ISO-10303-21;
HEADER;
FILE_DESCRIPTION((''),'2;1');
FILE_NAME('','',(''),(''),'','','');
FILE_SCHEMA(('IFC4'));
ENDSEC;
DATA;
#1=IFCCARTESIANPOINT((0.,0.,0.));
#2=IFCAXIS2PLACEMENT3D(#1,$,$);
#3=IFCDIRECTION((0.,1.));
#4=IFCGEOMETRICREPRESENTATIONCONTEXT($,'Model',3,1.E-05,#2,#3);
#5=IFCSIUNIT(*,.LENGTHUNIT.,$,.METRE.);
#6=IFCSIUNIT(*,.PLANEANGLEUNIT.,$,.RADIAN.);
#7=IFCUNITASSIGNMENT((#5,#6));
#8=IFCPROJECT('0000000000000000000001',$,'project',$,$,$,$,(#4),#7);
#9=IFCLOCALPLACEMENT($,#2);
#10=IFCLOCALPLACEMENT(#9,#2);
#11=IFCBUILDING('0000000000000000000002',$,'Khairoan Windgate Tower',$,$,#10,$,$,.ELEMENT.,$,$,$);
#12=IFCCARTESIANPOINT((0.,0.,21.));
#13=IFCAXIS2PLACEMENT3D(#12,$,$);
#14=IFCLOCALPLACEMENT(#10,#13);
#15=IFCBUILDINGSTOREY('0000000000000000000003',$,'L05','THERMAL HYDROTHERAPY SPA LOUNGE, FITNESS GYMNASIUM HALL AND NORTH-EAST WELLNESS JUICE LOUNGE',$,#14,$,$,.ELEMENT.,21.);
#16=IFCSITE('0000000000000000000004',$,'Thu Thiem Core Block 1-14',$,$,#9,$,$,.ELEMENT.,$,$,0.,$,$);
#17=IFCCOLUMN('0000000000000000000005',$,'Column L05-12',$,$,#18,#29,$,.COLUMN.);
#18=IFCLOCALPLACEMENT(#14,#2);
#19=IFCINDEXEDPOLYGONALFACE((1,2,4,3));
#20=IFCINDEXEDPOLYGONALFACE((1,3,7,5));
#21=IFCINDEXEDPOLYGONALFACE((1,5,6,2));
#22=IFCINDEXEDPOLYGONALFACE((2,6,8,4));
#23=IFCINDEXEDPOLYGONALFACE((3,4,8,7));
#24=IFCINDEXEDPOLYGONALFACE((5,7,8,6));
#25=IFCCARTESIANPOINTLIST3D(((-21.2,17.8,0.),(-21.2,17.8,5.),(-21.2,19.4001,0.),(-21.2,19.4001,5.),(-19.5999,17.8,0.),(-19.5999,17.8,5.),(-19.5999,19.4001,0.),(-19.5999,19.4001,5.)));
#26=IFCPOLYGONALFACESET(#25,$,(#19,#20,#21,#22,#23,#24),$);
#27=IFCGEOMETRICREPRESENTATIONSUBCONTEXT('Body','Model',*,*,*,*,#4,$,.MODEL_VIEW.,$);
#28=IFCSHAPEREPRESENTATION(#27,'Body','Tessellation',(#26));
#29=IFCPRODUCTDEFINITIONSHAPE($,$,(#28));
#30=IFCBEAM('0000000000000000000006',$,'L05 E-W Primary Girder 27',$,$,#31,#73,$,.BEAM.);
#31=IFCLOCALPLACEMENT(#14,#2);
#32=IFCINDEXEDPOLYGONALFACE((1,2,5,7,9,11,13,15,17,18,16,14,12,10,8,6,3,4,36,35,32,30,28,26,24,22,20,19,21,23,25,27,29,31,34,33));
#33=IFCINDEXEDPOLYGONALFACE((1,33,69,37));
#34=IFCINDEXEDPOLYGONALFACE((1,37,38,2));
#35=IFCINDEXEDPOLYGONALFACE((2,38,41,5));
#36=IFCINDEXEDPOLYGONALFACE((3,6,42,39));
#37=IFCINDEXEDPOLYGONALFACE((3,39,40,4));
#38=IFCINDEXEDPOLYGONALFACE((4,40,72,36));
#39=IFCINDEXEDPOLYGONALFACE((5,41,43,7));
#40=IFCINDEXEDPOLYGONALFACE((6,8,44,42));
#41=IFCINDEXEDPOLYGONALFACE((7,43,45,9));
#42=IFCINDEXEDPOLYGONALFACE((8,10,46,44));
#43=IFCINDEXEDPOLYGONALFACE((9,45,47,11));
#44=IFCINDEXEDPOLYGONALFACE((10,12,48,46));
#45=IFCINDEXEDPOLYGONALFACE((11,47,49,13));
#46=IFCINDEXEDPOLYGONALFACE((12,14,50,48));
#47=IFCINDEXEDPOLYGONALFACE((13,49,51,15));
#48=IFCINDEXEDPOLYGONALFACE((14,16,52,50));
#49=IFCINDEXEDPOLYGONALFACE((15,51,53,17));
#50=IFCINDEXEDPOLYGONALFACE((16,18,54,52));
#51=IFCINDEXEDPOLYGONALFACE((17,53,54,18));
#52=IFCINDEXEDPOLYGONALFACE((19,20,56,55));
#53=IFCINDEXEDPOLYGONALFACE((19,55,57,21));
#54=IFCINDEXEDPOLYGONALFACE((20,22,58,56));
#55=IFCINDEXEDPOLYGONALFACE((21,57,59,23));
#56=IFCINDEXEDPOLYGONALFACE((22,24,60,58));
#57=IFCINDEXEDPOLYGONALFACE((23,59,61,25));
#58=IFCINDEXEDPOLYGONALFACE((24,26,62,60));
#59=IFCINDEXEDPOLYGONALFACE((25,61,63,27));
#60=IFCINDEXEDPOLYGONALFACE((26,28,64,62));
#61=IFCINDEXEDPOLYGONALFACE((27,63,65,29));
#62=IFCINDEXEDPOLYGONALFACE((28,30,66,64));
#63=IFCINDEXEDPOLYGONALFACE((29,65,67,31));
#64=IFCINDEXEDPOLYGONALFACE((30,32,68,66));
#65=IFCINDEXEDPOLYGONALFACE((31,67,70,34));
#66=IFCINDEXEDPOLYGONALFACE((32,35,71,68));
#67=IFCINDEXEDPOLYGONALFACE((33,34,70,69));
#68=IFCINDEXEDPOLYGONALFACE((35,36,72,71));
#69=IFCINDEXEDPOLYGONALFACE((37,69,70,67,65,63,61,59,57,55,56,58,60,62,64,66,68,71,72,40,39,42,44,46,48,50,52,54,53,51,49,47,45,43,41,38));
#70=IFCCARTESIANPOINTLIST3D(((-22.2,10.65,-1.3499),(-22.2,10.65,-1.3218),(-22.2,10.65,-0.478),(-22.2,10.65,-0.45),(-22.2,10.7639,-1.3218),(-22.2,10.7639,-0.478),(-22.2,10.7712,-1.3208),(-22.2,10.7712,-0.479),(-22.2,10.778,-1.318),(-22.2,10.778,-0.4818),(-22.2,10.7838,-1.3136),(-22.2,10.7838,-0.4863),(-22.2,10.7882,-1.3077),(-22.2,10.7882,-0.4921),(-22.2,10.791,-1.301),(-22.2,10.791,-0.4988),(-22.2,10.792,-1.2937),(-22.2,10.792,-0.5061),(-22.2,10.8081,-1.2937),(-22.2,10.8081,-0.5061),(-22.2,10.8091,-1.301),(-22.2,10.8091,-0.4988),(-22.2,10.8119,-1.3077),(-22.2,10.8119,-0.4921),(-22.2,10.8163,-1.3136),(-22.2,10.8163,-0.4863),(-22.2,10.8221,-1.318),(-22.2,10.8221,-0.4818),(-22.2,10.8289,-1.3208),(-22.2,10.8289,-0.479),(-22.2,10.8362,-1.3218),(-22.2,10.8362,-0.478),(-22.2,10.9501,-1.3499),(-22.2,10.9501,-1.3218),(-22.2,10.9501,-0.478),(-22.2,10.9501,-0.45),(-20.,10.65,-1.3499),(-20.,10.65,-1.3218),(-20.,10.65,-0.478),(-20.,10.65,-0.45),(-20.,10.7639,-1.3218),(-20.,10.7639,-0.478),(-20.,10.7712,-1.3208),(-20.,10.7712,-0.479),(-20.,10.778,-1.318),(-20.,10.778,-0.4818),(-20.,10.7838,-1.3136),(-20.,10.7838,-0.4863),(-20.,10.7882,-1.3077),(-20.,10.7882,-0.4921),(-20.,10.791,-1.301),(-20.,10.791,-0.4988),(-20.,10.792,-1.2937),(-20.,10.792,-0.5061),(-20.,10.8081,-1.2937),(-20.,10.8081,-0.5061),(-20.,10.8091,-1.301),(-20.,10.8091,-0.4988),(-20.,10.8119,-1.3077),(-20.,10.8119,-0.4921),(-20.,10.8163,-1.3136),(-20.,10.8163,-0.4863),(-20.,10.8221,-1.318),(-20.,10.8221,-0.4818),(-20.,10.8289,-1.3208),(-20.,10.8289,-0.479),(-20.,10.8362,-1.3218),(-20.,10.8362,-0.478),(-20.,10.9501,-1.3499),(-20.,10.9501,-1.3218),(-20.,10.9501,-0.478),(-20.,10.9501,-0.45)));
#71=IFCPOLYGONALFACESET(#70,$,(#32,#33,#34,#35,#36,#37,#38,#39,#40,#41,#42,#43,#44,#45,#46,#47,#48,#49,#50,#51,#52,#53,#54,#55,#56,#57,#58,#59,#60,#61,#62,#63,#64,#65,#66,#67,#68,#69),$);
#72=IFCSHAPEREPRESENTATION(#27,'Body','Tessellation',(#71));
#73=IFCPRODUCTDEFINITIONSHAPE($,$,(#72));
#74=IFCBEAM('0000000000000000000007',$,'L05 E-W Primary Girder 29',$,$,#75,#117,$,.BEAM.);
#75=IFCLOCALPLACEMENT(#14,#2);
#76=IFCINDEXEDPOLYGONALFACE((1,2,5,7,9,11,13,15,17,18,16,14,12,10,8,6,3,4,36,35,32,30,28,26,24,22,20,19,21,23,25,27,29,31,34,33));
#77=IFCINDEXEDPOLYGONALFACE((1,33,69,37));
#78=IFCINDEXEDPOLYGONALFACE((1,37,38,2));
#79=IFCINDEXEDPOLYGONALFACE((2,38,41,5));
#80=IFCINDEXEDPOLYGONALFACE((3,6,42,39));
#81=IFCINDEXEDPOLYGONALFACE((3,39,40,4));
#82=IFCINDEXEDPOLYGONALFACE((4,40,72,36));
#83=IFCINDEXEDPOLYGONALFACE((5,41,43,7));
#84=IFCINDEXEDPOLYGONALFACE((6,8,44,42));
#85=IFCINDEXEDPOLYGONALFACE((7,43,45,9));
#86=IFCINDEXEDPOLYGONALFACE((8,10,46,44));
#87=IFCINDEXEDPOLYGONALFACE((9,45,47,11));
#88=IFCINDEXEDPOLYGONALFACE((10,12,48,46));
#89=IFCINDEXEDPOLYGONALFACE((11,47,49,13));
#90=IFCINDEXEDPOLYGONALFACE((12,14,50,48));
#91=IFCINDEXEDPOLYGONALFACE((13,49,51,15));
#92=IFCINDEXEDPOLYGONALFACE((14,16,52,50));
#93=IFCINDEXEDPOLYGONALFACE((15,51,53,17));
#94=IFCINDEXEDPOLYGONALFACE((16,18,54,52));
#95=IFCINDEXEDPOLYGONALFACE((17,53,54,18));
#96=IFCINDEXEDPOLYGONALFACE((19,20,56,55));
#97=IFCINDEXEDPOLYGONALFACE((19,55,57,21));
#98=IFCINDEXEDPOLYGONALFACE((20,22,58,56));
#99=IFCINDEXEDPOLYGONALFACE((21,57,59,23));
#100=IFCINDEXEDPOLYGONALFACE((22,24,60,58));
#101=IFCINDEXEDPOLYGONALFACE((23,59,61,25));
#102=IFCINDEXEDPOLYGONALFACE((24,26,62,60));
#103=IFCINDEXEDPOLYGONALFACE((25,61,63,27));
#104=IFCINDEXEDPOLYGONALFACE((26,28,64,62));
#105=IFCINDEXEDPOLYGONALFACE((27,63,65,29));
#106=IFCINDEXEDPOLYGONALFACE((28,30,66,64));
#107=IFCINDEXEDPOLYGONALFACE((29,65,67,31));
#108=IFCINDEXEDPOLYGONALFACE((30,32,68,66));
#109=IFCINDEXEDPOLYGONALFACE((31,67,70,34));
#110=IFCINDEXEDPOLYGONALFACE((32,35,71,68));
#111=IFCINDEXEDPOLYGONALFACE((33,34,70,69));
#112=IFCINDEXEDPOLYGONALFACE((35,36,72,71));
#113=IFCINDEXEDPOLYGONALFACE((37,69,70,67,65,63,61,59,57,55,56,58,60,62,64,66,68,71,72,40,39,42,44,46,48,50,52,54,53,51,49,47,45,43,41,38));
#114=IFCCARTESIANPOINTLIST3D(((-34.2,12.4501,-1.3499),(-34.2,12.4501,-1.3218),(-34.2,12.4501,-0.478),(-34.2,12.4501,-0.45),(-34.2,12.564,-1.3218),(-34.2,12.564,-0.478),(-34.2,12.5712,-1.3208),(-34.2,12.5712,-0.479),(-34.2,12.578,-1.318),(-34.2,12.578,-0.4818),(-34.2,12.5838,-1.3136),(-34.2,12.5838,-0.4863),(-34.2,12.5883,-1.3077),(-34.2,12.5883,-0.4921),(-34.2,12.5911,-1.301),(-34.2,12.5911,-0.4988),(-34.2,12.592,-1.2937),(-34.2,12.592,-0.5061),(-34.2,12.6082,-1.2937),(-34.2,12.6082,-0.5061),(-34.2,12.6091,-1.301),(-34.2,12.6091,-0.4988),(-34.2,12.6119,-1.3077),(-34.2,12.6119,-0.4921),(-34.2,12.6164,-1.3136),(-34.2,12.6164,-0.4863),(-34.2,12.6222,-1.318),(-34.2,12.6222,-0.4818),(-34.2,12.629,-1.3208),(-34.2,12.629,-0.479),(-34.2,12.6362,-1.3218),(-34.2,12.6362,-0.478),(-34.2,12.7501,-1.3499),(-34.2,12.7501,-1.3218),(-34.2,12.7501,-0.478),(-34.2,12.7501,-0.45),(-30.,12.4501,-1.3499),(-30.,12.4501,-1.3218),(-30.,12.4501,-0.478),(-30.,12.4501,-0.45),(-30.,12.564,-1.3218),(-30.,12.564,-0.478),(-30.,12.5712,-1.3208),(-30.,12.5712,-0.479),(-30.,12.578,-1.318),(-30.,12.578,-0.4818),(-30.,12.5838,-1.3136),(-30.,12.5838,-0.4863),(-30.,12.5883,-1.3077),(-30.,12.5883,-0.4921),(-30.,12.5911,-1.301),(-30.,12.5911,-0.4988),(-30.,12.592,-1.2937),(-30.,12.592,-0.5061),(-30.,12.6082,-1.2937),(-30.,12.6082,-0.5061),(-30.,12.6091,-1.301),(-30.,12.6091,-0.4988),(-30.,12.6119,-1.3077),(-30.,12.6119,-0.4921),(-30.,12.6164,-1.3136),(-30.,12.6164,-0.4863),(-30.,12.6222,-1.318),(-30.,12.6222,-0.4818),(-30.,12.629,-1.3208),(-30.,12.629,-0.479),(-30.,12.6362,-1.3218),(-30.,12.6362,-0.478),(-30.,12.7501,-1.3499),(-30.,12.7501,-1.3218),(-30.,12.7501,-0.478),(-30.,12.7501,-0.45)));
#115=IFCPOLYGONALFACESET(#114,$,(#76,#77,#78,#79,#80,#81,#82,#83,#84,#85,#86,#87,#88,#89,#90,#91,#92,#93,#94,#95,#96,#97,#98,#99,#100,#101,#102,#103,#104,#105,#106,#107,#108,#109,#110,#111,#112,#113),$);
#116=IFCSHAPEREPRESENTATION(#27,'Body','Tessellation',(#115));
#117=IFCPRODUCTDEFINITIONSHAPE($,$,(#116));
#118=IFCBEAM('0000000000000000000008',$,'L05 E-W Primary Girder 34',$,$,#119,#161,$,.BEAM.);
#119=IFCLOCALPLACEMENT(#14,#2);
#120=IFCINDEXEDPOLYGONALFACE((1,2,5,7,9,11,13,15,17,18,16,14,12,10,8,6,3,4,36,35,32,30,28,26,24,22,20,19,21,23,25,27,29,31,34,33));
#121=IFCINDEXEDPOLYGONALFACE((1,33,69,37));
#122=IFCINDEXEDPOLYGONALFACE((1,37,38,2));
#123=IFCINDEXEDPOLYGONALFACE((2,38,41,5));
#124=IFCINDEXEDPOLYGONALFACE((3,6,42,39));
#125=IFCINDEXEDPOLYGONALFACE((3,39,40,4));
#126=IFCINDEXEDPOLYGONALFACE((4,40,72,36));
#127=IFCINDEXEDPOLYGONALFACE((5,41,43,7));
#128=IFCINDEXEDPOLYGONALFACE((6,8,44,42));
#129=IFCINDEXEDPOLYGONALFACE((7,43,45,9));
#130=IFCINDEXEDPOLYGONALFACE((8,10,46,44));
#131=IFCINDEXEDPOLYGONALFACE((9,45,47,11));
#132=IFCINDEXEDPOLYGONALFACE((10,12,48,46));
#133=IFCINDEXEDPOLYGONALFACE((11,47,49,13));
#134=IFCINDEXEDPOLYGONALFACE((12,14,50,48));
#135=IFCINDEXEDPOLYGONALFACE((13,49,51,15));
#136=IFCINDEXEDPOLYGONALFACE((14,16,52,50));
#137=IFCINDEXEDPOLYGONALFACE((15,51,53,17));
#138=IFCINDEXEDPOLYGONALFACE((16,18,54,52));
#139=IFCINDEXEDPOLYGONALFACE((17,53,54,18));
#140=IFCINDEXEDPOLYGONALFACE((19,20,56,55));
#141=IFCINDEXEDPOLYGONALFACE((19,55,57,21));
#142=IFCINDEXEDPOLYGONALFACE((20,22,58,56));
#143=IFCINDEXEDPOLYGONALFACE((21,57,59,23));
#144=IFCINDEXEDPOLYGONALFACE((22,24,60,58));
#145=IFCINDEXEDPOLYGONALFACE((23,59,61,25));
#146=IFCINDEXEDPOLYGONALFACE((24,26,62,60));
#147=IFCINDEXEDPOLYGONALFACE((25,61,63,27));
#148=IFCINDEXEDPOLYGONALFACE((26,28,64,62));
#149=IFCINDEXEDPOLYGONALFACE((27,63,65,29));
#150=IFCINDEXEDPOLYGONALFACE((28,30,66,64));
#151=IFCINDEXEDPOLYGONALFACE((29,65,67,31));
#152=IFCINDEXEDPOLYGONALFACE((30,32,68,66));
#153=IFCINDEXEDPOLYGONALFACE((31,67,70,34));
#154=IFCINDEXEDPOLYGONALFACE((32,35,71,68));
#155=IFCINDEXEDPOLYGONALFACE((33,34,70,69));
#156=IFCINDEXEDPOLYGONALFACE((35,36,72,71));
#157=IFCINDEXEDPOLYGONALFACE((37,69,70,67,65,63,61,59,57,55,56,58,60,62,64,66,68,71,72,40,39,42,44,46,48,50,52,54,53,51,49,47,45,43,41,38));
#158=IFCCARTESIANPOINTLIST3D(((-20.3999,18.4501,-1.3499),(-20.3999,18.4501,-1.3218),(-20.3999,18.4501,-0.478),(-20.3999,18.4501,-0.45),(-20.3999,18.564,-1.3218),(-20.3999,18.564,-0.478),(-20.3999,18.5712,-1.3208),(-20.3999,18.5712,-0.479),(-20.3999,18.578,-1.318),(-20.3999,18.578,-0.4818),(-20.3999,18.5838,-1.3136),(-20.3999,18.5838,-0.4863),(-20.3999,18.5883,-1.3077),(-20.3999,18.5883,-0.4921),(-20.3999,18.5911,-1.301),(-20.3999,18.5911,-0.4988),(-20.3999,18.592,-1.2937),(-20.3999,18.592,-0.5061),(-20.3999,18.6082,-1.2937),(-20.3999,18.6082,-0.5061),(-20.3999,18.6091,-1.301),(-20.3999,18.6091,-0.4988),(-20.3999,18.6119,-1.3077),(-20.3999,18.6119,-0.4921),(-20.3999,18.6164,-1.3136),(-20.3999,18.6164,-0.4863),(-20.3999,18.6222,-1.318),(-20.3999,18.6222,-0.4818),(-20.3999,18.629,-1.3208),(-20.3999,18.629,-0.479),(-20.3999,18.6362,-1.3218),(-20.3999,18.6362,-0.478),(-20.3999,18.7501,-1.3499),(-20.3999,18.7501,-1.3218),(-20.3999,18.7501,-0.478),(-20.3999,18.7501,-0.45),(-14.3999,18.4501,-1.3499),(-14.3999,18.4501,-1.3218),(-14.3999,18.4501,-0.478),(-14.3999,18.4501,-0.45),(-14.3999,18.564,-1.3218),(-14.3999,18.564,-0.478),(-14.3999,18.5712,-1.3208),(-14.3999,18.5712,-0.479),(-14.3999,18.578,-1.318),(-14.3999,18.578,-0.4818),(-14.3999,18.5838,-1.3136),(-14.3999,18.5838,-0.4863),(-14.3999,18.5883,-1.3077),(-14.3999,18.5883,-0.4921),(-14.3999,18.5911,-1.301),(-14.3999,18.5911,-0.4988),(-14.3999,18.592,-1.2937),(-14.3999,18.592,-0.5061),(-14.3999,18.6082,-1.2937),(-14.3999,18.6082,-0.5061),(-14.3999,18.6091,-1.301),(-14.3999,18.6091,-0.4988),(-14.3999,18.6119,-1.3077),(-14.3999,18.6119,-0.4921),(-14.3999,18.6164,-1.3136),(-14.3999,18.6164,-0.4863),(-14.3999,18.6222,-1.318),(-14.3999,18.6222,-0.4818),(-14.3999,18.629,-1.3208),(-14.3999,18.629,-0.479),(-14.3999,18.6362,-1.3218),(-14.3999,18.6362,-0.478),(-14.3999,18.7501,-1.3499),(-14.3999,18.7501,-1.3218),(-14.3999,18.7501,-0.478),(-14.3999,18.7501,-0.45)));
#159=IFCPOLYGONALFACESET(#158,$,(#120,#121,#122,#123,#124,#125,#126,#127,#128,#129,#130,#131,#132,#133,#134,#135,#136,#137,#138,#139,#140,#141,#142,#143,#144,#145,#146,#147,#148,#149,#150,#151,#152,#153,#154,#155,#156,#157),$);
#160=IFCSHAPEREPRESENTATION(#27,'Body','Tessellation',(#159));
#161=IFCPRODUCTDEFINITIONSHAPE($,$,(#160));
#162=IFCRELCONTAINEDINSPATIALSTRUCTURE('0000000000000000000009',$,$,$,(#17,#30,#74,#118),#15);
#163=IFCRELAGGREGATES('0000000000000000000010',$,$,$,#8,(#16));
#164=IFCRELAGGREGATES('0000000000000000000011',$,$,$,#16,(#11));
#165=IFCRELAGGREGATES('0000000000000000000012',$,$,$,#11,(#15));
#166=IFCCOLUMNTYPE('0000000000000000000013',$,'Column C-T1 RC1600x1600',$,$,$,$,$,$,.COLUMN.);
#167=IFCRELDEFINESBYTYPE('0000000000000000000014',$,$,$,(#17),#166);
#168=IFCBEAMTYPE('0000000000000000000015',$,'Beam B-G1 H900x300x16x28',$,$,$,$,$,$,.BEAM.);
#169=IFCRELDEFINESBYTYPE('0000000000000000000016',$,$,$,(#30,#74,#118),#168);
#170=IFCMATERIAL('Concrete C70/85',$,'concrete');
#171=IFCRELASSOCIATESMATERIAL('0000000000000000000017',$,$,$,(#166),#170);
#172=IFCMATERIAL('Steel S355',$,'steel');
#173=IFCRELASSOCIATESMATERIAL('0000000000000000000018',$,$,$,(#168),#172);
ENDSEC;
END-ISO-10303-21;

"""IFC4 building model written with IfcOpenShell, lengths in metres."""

from ifc_helpers import new_model, si_unit, direction, frame, origin, origin_2d, place, context, subcontext, project, spatial, rectangle, i_section, extrude, material, material_profile, profile_set, type_object, element, save


model = new_model("IFC4")

# Units and contexts
model_context = context("Model", 3, precision=1e-05, world=origin(), true_north=direction((0.0, 1.0)))
body_context = subcontext(model_context, "Body", "Model", "MODEL_VIEW")
ifc_project = project(units=[si_unit("LENGTHUNIT", "METRE"), si_unit("PLANEANGLEUNIT", "RADIAN")], contexts=[model_context])

# Site, building, storey
site_placement = place(None, origin())
site = spatial("IfcSite", under=ifc_project, at=site_placement, Name="Thu Thiem Core Block 1-14", CompositionType="ELEMENT", RefElevation=0.0)
building_placement = place(site_placement, origin())
building = spatial("IfcBuilding", under=site, at=building_placement, Name="Khairoan Windgate Tower", CompositionType="ELEMENT")
storey_placement = place(building_placement, frame((0.0, 0.0, 21.0)))
storey = spatial("IfcBuildingStorey", under=building, at=storey_placement, Name="L05", Description="THERMAL HYDROTHERAPY SPA LOUNGE, FITNESS GYMNASIUM HALL AND NORTH-EAST WELLNESS JUICE LOUNGE", CompositionType="ELEMENT", Elevation=21.0)

# Column
ifc_material_1 = material(Name="Concrete C70/85", Category="concrete")
ifc_material_profile_1 = material_profile(ifc_material_1, rectangle(XDim=1.6001, YDim=1.6001, at=origin_2d()))
ifc_profile_set_1 = profile_set([ifc_material_profile_1], Name="Concrete C70/85")
column_type = type_object("IfcColumnType", Name="Column C-T1 RC1600x1600", PredefinedType="COLUMN", material=ifc_profile_set_1)
column_placement = place(storey_placement, frame((-20.3999, 18.6001, 0.0), z_axis=(0.0, 0.0, 1.0), x_axis=(1.0, 0.0, 0.0)))
element("IfcColumn", 1, at=column_placement, inside=storey, type_object=column_type, Name="Column L05-12", PredefinedType="COLUMN", context=body_context, shape_type="SweptSolid", body=[
    extrude(rectangle(XDim=1.6001, YDim=1.6001, at=origin_2d()), origin(), (0.0, 0.0, 1.0), 5.0),
])

# Beams
ifc_material_2 = material(Name="Steel S355", Category="steel")
ifc_material_profile_2 = material_profile(ifc_material_2, i_section(OverallWidth=0.3, OverallDepth=0.8999, WebThickness=0.0161, FlangeThickness=0.0281, FilletRadius=0.0281, at=origin_2d()))
ifc_profile_set_2 = profile_set([ifc_material_profile_2], Name="Steel S355")
beam_type_1 = type_object("IfcBeamType", Name="Beam B-G1 H900x300x16x28", PredefinedType="BEAM", material=ifc_profile_set_2)
beam_1_placement = place(storey_placement, frame((-22.2, 10.8, -0.8999), z_axis=(1.0, 0.0, 0.0), x_axis=(0.0, 1.0, 0.0)))
element("IfcBeam", 2, at=beam_1_placement, inside=storey, type_object=beam_type_1, Name="L05 E-W Primary Girder 27", PredefinedType="BEAM", context=body_context, shape_type="SweptSolid", body=[
    extrude(i_section(OverallWidth=0.3, OverallDepth=0.8999, WebThickness=0.0161, FlangeThickness=0.0281, FilletRadius=0.0281, at=origin_2d()), origin(), (0.0, 0.0, 1.0), 2.2),
])
beam_2_placement = place(storey_placement, frame((-34.2, 12.6001, -0.8999), z_axis=(1.0, 0.0, 0.0), x_axis=(0.0, 1.0, 0.0)))
element("IfcBeam", 3, at=beam_2_placement, inside=storey, type_object=beam_type_1, Name="L05 E-W Primary Girder 29", PredefinedType="BEAM", context=body_context, shape_type="SweptSolid", body=[
    extrude(i_section(OverallWidth=0.3, OverallDepth=0.8999, WebThickness=0.0161, FlangeThickness=0.0281, FilletRadius=0.0281, at=origin_2d()), origin(), (0.0, 0.0, 1.0), 4.2),
])
beam_3_placement = place(storey_placement, frame((-20.3999, 18.6001, -0.8999), z_axis=(1.0, 0.0, 0.0), x_axis=(0.0, 1.0, 0.0)))
element("IfcBeam", 4, at=beam_3_placement, inside=storey, type_object=beam_type_1, Name="L05 E-W Primary Girder 34", PredefinedType="BEAM", context=body_context, shape_type="SweptSolid", body=[
    extrude(i_section(OverallWidth=0.3, OverallDepth=0.8999, WebThickness=0.0161, FlangeThickness=0.0281, FilletRadius=0.0281, at=origin_2d()), origin(), (0.0, 0.0, 1.0), 6.0),
])

save(model, "model.ifc")
